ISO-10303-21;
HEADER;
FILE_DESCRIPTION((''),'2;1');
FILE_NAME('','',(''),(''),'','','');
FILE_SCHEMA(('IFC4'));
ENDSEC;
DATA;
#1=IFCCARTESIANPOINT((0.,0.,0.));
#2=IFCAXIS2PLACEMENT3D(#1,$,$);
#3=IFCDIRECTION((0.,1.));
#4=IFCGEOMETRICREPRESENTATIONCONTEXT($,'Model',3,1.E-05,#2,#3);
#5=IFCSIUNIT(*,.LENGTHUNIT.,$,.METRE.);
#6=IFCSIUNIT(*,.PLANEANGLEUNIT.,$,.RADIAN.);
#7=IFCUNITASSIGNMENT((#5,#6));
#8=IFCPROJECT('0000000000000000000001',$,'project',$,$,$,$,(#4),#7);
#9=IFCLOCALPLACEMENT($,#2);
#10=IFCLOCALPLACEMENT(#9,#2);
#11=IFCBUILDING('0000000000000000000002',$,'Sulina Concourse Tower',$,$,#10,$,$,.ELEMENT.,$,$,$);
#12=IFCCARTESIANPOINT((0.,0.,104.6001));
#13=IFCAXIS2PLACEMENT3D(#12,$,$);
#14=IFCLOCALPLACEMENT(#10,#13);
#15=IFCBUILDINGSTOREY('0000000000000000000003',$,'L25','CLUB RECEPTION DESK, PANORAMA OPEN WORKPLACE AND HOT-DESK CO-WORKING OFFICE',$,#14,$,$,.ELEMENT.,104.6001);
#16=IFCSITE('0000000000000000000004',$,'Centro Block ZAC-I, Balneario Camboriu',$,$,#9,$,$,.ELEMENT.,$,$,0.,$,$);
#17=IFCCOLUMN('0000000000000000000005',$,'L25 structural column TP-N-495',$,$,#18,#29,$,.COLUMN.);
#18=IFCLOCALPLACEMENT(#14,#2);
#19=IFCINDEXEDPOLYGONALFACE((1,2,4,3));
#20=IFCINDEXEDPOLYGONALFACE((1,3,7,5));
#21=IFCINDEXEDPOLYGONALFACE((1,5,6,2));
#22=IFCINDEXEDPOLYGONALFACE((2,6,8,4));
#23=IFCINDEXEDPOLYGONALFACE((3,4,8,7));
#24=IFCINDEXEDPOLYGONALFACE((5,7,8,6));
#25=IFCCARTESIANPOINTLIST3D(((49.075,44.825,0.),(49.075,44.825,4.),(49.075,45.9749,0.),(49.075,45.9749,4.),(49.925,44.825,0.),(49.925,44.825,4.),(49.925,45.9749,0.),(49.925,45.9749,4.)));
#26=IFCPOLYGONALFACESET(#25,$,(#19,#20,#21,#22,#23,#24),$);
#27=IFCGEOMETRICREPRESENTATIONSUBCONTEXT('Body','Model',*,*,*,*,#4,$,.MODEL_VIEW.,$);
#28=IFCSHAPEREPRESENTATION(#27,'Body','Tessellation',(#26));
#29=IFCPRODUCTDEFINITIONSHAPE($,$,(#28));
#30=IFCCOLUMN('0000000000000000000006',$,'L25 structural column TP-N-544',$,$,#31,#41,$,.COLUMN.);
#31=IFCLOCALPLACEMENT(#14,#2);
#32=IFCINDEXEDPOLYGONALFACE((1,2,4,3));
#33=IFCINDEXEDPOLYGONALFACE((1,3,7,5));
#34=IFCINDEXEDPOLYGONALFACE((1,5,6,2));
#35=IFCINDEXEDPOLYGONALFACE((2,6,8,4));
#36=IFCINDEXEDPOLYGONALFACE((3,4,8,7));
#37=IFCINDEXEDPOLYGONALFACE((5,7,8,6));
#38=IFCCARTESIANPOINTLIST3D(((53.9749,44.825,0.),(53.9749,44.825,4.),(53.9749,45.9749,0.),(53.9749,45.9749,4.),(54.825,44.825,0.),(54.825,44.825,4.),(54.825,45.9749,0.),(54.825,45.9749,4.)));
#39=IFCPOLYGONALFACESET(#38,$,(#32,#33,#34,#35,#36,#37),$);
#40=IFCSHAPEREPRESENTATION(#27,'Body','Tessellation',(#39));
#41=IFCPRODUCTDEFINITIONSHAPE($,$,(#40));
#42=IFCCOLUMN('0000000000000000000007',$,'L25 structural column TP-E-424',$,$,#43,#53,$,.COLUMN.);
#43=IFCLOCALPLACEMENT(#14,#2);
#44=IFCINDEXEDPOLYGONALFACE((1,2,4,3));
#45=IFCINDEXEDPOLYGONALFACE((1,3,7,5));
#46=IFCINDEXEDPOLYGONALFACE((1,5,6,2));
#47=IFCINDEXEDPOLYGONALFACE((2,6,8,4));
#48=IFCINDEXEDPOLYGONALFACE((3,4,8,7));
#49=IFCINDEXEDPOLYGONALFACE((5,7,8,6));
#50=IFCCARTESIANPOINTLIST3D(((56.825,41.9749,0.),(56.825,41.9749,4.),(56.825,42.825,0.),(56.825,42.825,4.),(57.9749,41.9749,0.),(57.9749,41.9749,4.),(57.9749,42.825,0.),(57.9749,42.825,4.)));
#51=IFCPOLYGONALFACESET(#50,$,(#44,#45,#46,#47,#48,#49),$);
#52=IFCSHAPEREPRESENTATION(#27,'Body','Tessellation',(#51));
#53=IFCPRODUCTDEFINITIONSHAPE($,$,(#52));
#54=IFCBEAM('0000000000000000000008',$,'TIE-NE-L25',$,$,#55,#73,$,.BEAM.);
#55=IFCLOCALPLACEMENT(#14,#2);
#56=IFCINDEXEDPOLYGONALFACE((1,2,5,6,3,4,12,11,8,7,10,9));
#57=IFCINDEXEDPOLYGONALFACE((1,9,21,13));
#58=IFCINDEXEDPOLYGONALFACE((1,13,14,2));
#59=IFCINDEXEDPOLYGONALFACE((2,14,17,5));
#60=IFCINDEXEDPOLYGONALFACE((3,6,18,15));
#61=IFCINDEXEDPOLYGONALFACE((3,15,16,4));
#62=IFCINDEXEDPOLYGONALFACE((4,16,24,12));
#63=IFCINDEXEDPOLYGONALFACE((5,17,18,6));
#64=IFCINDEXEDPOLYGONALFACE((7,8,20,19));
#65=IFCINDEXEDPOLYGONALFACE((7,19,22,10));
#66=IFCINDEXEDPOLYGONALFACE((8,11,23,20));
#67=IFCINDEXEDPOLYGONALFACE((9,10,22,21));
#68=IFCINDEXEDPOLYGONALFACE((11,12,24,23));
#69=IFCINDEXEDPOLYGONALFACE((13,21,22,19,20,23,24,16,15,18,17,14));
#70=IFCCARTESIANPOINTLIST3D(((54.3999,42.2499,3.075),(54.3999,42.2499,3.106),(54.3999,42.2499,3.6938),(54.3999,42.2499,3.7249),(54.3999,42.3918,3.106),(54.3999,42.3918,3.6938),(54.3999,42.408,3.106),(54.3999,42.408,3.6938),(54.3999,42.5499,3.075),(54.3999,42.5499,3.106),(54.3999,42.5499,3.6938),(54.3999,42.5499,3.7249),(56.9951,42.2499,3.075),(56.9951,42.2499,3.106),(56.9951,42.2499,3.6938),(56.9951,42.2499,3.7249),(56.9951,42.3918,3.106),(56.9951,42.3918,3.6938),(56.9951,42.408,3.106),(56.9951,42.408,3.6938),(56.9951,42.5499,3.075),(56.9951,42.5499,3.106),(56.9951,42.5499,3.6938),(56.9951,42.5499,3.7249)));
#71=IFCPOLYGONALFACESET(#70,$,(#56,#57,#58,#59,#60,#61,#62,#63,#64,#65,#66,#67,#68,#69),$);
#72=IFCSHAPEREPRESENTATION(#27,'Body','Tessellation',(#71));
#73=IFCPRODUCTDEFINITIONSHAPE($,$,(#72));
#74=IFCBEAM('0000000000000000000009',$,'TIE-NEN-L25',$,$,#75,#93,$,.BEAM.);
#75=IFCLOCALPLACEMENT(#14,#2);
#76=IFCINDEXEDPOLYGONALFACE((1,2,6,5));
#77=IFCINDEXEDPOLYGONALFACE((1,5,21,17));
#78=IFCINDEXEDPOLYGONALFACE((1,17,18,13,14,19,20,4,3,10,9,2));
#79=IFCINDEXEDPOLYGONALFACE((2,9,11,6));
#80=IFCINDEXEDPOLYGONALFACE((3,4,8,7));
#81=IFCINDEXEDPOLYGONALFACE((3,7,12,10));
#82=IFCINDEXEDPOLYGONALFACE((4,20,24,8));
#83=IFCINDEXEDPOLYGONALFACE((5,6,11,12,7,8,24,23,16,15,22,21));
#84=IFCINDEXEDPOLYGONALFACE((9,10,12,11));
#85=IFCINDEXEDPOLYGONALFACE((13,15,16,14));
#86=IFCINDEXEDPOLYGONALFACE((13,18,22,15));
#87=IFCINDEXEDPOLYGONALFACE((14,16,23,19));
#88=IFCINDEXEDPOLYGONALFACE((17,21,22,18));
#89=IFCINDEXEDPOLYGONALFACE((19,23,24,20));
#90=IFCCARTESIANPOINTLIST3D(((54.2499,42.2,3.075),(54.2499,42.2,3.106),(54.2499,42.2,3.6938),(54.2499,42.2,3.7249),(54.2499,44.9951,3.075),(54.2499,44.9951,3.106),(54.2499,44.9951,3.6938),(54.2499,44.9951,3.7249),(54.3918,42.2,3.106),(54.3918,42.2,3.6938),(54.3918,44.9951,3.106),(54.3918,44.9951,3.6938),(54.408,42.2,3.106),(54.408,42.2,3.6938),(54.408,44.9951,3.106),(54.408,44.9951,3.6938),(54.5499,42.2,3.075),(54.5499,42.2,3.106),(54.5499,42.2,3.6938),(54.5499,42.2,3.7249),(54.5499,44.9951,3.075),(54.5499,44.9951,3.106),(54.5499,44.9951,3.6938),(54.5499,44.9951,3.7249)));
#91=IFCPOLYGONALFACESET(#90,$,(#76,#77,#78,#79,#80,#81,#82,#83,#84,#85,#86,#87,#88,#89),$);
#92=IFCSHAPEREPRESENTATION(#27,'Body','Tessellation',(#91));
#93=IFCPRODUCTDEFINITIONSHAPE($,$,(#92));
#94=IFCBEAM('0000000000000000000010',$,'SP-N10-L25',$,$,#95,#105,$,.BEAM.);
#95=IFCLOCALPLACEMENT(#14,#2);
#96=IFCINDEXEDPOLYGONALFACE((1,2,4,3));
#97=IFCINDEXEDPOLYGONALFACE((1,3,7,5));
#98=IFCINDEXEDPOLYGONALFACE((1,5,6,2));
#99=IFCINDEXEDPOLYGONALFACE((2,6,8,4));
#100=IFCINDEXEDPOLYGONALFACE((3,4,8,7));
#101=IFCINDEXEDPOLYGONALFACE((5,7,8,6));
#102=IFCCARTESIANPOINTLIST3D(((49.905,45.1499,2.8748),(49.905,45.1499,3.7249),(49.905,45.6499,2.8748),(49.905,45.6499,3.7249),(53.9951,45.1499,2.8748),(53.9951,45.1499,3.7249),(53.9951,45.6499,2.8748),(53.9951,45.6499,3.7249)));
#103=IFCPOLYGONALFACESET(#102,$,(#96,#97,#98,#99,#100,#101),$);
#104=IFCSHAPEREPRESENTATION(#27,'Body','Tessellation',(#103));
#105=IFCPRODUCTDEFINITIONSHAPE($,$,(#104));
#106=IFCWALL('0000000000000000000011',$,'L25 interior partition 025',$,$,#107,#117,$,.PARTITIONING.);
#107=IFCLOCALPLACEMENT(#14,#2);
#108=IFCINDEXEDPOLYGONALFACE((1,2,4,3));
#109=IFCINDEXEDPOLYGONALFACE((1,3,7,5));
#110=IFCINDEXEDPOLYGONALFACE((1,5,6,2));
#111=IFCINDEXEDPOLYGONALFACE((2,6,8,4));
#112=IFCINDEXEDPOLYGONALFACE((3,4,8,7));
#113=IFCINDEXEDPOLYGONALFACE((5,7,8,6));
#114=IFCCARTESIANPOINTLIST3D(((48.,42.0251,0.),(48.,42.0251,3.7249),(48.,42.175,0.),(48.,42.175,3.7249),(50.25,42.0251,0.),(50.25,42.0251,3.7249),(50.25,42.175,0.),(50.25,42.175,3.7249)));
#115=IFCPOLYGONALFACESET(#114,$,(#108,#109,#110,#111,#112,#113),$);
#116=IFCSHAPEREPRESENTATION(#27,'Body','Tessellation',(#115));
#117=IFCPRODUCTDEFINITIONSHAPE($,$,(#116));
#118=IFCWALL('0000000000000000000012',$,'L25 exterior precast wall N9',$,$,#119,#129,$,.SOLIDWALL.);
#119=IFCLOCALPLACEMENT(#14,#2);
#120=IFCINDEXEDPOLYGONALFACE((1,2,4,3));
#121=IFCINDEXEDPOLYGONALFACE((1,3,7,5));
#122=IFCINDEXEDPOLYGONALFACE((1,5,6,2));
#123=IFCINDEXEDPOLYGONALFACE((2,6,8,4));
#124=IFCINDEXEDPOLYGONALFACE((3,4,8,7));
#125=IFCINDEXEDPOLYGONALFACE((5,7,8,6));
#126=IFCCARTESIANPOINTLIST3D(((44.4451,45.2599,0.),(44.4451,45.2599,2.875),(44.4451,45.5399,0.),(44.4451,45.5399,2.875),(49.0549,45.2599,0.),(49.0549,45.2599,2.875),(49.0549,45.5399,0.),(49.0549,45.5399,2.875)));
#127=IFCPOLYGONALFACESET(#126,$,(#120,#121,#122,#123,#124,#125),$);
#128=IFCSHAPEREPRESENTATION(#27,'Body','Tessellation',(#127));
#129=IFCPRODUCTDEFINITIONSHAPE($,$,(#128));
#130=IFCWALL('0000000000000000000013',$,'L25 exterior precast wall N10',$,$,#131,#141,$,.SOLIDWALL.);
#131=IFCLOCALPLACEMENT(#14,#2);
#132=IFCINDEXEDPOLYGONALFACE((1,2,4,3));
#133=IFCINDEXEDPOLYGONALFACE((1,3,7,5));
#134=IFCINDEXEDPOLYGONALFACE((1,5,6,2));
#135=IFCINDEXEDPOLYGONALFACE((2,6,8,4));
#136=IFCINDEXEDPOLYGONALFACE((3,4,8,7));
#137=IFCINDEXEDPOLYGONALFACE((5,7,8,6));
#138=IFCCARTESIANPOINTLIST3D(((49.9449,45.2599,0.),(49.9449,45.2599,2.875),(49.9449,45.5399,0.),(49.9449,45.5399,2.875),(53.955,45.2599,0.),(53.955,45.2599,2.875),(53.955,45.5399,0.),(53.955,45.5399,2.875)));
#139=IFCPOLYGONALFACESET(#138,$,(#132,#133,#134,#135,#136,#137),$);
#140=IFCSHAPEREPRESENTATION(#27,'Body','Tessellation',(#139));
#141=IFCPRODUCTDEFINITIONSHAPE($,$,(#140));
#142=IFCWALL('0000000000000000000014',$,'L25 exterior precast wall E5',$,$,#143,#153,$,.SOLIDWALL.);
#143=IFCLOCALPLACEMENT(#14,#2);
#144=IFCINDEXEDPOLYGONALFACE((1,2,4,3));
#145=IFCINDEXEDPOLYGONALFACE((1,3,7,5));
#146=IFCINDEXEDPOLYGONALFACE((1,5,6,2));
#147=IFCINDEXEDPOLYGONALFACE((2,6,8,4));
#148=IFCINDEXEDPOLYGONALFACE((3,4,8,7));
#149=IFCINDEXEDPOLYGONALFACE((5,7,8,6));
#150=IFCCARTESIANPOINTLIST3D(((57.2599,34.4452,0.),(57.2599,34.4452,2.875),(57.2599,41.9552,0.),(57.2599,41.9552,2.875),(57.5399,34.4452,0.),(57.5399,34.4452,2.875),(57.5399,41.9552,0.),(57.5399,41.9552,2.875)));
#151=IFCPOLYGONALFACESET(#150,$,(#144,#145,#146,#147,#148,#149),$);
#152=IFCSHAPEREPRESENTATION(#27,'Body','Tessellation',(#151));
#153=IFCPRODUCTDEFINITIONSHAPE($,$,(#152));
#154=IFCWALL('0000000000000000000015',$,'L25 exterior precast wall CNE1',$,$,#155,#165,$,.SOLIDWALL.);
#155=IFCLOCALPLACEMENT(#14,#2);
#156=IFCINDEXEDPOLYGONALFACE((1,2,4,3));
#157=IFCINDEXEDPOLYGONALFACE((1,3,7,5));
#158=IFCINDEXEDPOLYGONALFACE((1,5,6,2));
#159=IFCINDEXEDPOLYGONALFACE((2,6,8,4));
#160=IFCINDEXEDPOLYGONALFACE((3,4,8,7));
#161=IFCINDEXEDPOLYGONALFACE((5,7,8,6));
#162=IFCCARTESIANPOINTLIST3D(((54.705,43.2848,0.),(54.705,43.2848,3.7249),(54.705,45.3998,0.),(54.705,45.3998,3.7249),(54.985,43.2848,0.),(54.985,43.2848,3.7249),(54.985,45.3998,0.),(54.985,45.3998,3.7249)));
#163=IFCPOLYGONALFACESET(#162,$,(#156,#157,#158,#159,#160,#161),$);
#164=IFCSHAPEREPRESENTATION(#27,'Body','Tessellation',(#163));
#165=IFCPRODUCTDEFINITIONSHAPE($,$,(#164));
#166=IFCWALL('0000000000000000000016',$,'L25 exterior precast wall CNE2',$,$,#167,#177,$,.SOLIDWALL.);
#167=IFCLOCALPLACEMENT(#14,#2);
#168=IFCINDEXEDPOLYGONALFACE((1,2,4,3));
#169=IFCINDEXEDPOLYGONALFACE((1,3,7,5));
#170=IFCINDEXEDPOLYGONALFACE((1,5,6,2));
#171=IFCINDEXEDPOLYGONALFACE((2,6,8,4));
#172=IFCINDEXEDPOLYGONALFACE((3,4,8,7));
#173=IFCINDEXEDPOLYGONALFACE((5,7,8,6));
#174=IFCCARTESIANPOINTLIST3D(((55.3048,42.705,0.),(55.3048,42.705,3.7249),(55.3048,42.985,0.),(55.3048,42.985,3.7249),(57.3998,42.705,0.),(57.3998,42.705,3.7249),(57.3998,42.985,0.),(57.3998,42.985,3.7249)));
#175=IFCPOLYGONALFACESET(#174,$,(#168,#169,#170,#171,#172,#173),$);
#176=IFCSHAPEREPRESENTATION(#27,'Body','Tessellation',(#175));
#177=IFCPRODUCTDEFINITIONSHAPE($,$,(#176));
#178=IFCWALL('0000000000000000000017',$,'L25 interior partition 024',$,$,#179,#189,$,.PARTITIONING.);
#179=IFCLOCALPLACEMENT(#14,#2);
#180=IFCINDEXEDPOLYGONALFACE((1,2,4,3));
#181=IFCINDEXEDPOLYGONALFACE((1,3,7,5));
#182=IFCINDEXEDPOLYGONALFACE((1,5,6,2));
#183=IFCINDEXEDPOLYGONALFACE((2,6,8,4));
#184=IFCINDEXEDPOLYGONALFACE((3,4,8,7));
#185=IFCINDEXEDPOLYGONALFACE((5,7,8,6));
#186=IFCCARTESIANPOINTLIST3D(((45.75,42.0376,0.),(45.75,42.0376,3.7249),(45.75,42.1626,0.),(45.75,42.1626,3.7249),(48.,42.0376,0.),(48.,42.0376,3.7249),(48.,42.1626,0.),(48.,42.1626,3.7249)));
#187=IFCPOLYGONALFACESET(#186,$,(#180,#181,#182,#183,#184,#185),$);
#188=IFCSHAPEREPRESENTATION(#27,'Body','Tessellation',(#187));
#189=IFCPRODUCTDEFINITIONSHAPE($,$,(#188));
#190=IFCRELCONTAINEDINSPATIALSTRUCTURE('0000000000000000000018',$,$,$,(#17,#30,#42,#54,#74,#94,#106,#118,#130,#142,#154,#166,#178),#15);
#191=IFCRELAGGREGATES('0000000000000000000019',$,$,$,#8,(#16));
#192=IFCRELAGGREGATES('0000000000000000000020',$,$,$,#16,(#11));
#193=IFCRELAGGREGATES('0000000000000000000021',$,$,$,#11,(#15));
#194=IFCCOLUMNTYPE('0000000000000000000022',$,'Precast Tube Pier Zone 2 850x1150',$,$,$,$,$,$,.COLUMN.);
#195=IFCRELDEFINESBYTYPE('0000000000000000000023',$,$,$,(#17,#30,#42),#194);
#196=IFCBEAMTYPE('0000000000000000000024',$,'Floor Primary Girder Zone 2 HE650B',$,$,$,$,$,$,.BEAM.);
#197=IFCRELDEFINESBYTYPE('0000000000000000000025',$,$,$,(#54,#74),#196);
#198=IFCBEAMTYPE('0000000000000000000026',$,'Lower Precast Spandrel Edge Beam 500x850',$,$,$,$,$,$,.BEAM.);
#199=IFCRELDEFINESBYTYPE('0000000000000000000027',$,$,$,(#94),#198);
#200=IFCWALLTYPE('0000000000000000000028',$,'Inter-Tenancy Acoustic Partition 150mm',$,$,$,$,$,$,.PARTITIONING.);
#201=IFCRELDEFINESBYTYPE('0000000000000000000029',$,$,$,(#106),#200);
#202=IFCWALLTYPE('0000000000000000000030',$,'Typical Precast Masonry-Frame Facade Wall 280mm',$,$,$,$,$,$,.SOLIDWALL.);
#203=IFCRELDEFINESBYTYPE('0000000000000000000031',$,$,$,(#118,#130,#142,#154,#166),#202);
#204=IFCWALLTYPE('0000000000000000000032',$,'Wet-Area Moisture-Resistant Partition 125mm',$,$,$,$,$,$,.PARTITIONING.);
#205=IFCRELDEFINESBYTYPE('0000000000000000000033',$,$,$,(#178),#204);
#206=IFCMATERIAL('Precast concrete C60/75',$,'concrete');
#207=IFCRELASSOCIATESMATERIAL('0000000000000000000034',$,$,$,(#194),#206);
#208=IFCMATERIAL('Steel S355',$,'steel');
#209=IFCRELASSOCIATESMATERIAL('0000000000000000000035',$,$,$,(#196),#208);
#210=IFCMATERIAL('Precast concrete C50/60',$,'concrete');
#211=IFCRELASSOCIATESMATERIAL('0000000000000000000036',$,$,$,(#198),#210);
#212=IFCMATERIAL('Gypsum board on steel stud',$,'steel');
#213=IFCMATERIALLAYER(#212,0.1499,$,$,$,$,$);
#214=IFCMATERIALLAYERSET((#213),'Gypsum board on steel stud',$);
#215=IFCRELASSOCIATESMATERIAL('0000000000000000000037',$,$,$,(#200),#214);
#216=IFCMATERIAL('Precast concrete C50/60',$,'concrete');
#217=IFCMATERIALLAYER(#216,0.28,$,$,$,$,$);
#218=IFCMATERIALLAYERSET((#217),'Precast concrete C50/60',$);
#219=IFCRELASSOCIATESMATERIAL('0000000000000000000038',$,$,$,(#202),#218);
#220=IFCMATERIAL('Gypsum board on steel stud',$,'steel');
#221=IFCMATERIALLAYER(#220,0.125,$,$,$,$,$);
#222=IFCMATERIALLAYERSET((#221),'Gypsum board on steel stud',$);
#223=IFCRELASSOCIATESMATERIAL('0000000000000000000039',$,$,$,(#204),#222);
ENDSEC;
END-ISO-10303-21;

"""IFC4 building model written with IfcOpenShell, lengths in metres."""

from ifc_helpers import new_model, si_unit, direction, frame, frame_2d, origin, origin_2d, place, context, subcontext, project, spatial, rectangle, i_section, extrude, material, layer, layer_set, material_profile, profile_set, type_object, element, save


model = new_model("IFC4")

# Units and contexts
model_context = context("Model", 3, precision=1e-05, world=origin(), true_north=direction((0.0, 1.0)))
body_context = subcontext(model_context, "Body", "Model", "MODEL_VIEW")
ifc_project = project(units=[si_unit("LENGTHUNIT", "METRE"), si_unit("PLANEANGLEUNIT", "RADIAN")], contexts=[model_context])

# Site, building, storey
site_placement = place(None, origin())
site = spatial("IfcSite", under=ifc_project, at=site_placement, Name="Centro Block ZAC-I, Balneario Camboriu", CompositionType="ELEMENT", RefElevation=0.0)
building_placement = place(site_placement, origin())
building = spatial("IfcBuilding", under=site, at=building_placement, Name="Sulina Concourse Tower", CompositionType="ELEMENT")
storey_placement = place(building_placement, frame((0.0, 0.0, 104.6001)))
storey = spatial("IfcBuildingStorey", under=building, at=storey_placement, Name="L25", Description="CLUB RECEPTION DESK, PANORAMA OPEN WORKPLACE AND HOT-DESK CO-WORKING OFFICE", CompositionType="ELEMENT", Elevation=104.6001)

# Columns
ifc_material_1 = material(Name="Precast concrete C60/75", Category="concrete")
ifc_material_profile_1 = material_profile(ifc_material_1, rectangle(XDim=0.8501, YDim=1.1499, at=origin_2d()), Name="PC 850x1150")
ifc_profile_set_1 = profile_set([ifc_material_profile_1], Name="Precast concrete C60/75")
column_type = type_object("IfcColumnType", Name="Precast Tube Pier Zone 2 850x1150", PredefinedType="COLUMN", material=ifc_profile_set_1)
for number, where, z_axis, x_axis, name in (
    (1, (49.5, 45.3999, 0.0), (0.0, 0.0, 1.0), (1.0, 0.0, 0.0), "L25 structural column TP-N-495"),
    (2, (54.3999, 45.3999, 0.0), (0.0, 0.0, 1.0), (1.0, 0.0, 0.0), "L25 structural column TP-N-544"),
    (3, (57.3999, 42.3999, 0.0), (0.0, 0.0, 1.0), (0.0, 1.0, 0.0), "L25 structural column TP-E-424"),
):
    element("IfcColumn", number, at=place(storey_placement, frame(where, z_axis=z_axis, x_axis=x_axis)), inside=storey, type_object=column_type, Name=name, PredefinedType="COLUMN", context=body_context, shape_type="SweptSolid", body=[
        extrude(rectangle(XDim=0.8501, YDim=1.1499, at=origin_2d()), origin(), (0.0, 0.0, 1.0), 4.0),
    ])

# Beams
ifc_material_2 = material(Name="Steel S355", Category="steel")
ifc_material_profile_2 = material_profile(ifc_material_2, i_section(OverallWidth=0.3, OverallDepth=0.6499, WebThickness=0.0161, FlangeThickness=0.031, at=origin_2d()), Name="HE 650 B")
ifc_profile_set_2 = profile_set([ifc_material_profile_2], Name="Steel S355")
beam_type_1 = type_object("IfcBeamType", Name="Floor Primary Girder Zone 2 HE650B", PredefinedType="BEAM", material=ifc_profile_set_2)
beam_1_placement = place(storey_placement, frame((54.3999, 42.3999, 3.3999), z_axis=(1.0, 0.0, 0.0), x_axis=(0.0, 1.0, 0.0)))
element("IfcBeam", 4, at=beam_1_placement, inside=storey, type_object=beam_type_1, Name="TIE-NE-L25", PredefinedType="BEAM", context=body_context, shape_type="SweptSolid", body=[
    extrude(i_section(OverallWidth=0.3, OverallDepth=0.6499, WebThickness=0.0161, FlangeThickness=0.031, at=origin_2d()), origin(), (0.0, 0.0, 1.0), 2.5952),
])
beam_2_placement = place(storey_placement, frame((54.3999, 42.2, 3.3999), z_axis=(0.0, 1.0, 0.0), x_axis=(-1.0, 0.0, 0.0)))
element("IfcBeam", 5, at=beam_2_placement, inside=storey, type_object=beam_type_1, Name="TIE-NEN-L25", PredefinedType="BEAM", context=body_context, shape_type="SweptSolid", body=[
    extrude(i_section(OverallWidth=0.3, OverallDepth=0.6499, WebThickness=0.0161, FlangeThickness=0.031, at=origin_2d()), origin(), (0.0, 0.0, 1.0), 2.7952),
])
ifc_material_3 = material(Name="Precast concrete C50/60", Category="concrete")
ifc_material_profile_3 = material_profile(ifc_material_3, rectangle(XDim=0.5, YDim=0.8501, at=origin_2d()), Name="RC 500x850")
ifc_profile_set_3 = profile_set([ifc_material_profile_3], Name="Precast concrete C50/60")
beam_type_2 = type_object("IfcBeamType", Name="Lower Precast Spandrel Edge Beam 500x850", PredefinedType="BEAM", material=ifc_profile_set_3)
beam_3_placement = place(storey_placement, frame((49.905, 45.3999, 3.2998), z_axis=(1.0, 0.0, 0.0), x_axis=(0.0, 1.0, 0.0)))
element("IfcBeam", 6, at=beam_3_placement, inside=storey, type_object=beam_type_2, Name="SP-N10-L25", PredefinedType="BEAM", context=body_context, shape_type="SweptSolid", body=[
    extrude(rectangle(XDim=0.5, YDim=0.8501, at=origin_2d()), origin(), (0.0, 0.0, 1.0), 4.0901),
])

# Walls
ifc_material_4 = material(Name="Gypsum board on steel stud", Category="steel")
ifc_layer_1 = layer(ifc_material_4, 0.1499)
ifc_layer_set_1 = layer_set([ifc_layer_1], Name="Gypsum board on steel stud")
wall_type_1 = type_object("IfcWallType", Name="Inter-Tenancy Acoustic Partition 150mm", PredefinedType="PARTITIONING", material=ifc_layer_set_1)
wall_1_placement = place(storey_placement, frame((48.0, 42.1001, 0.0), z_axis=(0.0, 0.0, 1.0), x_axis=(1.0, 0.0, 0.0)))
element("IfcWall", 7, at=wall_1_placement, inside=storey, type_object=wall_type_1, Name="L25 interior partition 025", PredefinedType="PARTITIONING", context=body_context, shape_type="SweptSolid", body=[
    extrude(rectangle(XDim=2.25, YDim=0.1499, at=frame_2d((1.125, 0.0))), origin(), (0.0, 0.0, 1.0), 3.7249),
])
ifc_material_5 = material(Name="Precast concrete C50/60", Category="concrete")
ifc_layer_2 = layer(ifc_material_5, 0.28)
ifc_layer_set_2 = layer_set([ifc_layer_2], Name="Precast concrete C50/60")
wall_type_2 = type_object("IfcWallType", Name="Typical Precast Masonry-Frame Facade Wall 280mm", PredefinedType="SOLIDWALL", material=ifc_layer_set_2)
wall_2_placement = place(storey_placement, frame((44.4451, 45.3999, 0.0), z_axis=(0.0, 0.0, 1.0), x_axis=(1.0, 0.0, 0.0)))
element("IfcWall", 8, at=wall_2_placement, inside=storey, type_object=wall_type_2, Name="L25 exterior precast wall N9", PredefinedType="SOLIDWALL", context=body_context, shape_type="SweptSolid", body=[
    extrude(rectangle(XDim=4.6099, YDim=0.28, at=frame_2d((2.3049, 0.0))), origin(), (0.0, 0.0, 1.0), 2.875),
])
wall_3_placement = place(storey_placement, frame((49.9451, 45.3999, 0.0), z_axis=(0.0, 0.0, 1.0), x_axis=(1.0, 0.0, 0.0)))
element("IfcWall", 9, at=wall_3_placement, inside=storey, type_object=wall_type_2, Name="L25 exterior precast wall N10", PredefinedType="SOLIDWALL", context=body_context, shape_type="SweptSolid", body=[
    extrude(rectangle(XDim=4.01, YDim=0.28, at=frame_2d((2.0049, 0.0))), origin(), (0.0, 0.0, 1.0), 2.875),
])
wall_4_placement = place(storey_placement, frame((57.3999, 41.9551, 0.0), z_axis=(0.0, 0.0, 1.0), x_axis=(0.0, -1.0, 0.0)))
element("IfcWall", 10, at=wall_4_placement, inside=storey, type_object=wall_type_2, Name="L25 exterior precast wall E5", PredefinedType="SOLIDWALL", context=body_context, shape_type="SweptSolid", body=[
    extrude(rectangle(XDim=7.51, YDim=0.28, at=frame_2d((3.7549, 0.0))), origin(), (0.0, 0.0, 1.0), 2.875),
])
wall_5_placement = place(storey_placement, frame((54.845, 45.3999, 0.0), z_axis=(0.0, 0.0, 1.0), x_axis=(0.0, -1.0, 0.0)))
element("IfcWall", 11, at=wall_5_placement, inside=storey, type_object=wall_type_2, Name="L25 exterior precast wall CNE1", PredefinedType="SOLIDWALL", context=body_context, shape_type="SweptSolid", body=[
    extrude(rectangle(XDim=2.115, YDim=0.28, at=frame_2d((1.0576, 0.0))), origin(), (0.0, 0.0, 1.0), 3.7249),
])
wall_6_placement = place(storey_placement, frame((55.3049, 42.845, 0.0), z_axis=(0.0, 0.0, 1.0), x_axis=(1.0, 0.0, 0.0)))
element("IfcWall", 12, at=wall_6_placement, inside=storey, type_object=wall_type_2, Name="L25 exterior precast wall CNE2", PredefinedType="SOLIDWALL", context=body_context, shape_type="SweptSolid", body=[
    extrude(rectangle(XDim=2.095, YDim=0.28, at=frame_2d((1.0474, 0.0))), origin(), (0.0, 0.0, 1.0), 3.7249),
])
ifc_material_6 = material(Name="Gypsum board on steel stud", Category="steel")
ifc_layer_3 = layer(ifc_material_6, 0.125)
ifc_layer_set_3 = layer_set([ifc_layer_3], Name="Gypsum board on steel stud")
wall_type_3 = type_object("IfcWallType", Name="Wet-Area Moisture-Resistant Partition 125mm", PredefinedType="PARTITIONING", material=ifc_layer_set_3)
wall_7_placement = place(storey_placement, frame((45.75, 42.1001, 0.0), z_axis=(0.0, 0.0, 1.0), x_axis=(1.0, 0.0, 0.0)))
element("IfcWall", 13, at=wall_7_placement, inside=storey, type_object=wall_type_3, Name="L25 interior partition 024", PredefinedType="PARTITIONING", context=body_context, shape_type="SweptSolid", body=[
    extrude(rectangle(XDim=2.25, YDim=0.125, at=frame_2d((1.125, 0.0))), origin(), (0.0, 0.0, 1.0), 3.7249),
])

save(model, "model.ifc")
